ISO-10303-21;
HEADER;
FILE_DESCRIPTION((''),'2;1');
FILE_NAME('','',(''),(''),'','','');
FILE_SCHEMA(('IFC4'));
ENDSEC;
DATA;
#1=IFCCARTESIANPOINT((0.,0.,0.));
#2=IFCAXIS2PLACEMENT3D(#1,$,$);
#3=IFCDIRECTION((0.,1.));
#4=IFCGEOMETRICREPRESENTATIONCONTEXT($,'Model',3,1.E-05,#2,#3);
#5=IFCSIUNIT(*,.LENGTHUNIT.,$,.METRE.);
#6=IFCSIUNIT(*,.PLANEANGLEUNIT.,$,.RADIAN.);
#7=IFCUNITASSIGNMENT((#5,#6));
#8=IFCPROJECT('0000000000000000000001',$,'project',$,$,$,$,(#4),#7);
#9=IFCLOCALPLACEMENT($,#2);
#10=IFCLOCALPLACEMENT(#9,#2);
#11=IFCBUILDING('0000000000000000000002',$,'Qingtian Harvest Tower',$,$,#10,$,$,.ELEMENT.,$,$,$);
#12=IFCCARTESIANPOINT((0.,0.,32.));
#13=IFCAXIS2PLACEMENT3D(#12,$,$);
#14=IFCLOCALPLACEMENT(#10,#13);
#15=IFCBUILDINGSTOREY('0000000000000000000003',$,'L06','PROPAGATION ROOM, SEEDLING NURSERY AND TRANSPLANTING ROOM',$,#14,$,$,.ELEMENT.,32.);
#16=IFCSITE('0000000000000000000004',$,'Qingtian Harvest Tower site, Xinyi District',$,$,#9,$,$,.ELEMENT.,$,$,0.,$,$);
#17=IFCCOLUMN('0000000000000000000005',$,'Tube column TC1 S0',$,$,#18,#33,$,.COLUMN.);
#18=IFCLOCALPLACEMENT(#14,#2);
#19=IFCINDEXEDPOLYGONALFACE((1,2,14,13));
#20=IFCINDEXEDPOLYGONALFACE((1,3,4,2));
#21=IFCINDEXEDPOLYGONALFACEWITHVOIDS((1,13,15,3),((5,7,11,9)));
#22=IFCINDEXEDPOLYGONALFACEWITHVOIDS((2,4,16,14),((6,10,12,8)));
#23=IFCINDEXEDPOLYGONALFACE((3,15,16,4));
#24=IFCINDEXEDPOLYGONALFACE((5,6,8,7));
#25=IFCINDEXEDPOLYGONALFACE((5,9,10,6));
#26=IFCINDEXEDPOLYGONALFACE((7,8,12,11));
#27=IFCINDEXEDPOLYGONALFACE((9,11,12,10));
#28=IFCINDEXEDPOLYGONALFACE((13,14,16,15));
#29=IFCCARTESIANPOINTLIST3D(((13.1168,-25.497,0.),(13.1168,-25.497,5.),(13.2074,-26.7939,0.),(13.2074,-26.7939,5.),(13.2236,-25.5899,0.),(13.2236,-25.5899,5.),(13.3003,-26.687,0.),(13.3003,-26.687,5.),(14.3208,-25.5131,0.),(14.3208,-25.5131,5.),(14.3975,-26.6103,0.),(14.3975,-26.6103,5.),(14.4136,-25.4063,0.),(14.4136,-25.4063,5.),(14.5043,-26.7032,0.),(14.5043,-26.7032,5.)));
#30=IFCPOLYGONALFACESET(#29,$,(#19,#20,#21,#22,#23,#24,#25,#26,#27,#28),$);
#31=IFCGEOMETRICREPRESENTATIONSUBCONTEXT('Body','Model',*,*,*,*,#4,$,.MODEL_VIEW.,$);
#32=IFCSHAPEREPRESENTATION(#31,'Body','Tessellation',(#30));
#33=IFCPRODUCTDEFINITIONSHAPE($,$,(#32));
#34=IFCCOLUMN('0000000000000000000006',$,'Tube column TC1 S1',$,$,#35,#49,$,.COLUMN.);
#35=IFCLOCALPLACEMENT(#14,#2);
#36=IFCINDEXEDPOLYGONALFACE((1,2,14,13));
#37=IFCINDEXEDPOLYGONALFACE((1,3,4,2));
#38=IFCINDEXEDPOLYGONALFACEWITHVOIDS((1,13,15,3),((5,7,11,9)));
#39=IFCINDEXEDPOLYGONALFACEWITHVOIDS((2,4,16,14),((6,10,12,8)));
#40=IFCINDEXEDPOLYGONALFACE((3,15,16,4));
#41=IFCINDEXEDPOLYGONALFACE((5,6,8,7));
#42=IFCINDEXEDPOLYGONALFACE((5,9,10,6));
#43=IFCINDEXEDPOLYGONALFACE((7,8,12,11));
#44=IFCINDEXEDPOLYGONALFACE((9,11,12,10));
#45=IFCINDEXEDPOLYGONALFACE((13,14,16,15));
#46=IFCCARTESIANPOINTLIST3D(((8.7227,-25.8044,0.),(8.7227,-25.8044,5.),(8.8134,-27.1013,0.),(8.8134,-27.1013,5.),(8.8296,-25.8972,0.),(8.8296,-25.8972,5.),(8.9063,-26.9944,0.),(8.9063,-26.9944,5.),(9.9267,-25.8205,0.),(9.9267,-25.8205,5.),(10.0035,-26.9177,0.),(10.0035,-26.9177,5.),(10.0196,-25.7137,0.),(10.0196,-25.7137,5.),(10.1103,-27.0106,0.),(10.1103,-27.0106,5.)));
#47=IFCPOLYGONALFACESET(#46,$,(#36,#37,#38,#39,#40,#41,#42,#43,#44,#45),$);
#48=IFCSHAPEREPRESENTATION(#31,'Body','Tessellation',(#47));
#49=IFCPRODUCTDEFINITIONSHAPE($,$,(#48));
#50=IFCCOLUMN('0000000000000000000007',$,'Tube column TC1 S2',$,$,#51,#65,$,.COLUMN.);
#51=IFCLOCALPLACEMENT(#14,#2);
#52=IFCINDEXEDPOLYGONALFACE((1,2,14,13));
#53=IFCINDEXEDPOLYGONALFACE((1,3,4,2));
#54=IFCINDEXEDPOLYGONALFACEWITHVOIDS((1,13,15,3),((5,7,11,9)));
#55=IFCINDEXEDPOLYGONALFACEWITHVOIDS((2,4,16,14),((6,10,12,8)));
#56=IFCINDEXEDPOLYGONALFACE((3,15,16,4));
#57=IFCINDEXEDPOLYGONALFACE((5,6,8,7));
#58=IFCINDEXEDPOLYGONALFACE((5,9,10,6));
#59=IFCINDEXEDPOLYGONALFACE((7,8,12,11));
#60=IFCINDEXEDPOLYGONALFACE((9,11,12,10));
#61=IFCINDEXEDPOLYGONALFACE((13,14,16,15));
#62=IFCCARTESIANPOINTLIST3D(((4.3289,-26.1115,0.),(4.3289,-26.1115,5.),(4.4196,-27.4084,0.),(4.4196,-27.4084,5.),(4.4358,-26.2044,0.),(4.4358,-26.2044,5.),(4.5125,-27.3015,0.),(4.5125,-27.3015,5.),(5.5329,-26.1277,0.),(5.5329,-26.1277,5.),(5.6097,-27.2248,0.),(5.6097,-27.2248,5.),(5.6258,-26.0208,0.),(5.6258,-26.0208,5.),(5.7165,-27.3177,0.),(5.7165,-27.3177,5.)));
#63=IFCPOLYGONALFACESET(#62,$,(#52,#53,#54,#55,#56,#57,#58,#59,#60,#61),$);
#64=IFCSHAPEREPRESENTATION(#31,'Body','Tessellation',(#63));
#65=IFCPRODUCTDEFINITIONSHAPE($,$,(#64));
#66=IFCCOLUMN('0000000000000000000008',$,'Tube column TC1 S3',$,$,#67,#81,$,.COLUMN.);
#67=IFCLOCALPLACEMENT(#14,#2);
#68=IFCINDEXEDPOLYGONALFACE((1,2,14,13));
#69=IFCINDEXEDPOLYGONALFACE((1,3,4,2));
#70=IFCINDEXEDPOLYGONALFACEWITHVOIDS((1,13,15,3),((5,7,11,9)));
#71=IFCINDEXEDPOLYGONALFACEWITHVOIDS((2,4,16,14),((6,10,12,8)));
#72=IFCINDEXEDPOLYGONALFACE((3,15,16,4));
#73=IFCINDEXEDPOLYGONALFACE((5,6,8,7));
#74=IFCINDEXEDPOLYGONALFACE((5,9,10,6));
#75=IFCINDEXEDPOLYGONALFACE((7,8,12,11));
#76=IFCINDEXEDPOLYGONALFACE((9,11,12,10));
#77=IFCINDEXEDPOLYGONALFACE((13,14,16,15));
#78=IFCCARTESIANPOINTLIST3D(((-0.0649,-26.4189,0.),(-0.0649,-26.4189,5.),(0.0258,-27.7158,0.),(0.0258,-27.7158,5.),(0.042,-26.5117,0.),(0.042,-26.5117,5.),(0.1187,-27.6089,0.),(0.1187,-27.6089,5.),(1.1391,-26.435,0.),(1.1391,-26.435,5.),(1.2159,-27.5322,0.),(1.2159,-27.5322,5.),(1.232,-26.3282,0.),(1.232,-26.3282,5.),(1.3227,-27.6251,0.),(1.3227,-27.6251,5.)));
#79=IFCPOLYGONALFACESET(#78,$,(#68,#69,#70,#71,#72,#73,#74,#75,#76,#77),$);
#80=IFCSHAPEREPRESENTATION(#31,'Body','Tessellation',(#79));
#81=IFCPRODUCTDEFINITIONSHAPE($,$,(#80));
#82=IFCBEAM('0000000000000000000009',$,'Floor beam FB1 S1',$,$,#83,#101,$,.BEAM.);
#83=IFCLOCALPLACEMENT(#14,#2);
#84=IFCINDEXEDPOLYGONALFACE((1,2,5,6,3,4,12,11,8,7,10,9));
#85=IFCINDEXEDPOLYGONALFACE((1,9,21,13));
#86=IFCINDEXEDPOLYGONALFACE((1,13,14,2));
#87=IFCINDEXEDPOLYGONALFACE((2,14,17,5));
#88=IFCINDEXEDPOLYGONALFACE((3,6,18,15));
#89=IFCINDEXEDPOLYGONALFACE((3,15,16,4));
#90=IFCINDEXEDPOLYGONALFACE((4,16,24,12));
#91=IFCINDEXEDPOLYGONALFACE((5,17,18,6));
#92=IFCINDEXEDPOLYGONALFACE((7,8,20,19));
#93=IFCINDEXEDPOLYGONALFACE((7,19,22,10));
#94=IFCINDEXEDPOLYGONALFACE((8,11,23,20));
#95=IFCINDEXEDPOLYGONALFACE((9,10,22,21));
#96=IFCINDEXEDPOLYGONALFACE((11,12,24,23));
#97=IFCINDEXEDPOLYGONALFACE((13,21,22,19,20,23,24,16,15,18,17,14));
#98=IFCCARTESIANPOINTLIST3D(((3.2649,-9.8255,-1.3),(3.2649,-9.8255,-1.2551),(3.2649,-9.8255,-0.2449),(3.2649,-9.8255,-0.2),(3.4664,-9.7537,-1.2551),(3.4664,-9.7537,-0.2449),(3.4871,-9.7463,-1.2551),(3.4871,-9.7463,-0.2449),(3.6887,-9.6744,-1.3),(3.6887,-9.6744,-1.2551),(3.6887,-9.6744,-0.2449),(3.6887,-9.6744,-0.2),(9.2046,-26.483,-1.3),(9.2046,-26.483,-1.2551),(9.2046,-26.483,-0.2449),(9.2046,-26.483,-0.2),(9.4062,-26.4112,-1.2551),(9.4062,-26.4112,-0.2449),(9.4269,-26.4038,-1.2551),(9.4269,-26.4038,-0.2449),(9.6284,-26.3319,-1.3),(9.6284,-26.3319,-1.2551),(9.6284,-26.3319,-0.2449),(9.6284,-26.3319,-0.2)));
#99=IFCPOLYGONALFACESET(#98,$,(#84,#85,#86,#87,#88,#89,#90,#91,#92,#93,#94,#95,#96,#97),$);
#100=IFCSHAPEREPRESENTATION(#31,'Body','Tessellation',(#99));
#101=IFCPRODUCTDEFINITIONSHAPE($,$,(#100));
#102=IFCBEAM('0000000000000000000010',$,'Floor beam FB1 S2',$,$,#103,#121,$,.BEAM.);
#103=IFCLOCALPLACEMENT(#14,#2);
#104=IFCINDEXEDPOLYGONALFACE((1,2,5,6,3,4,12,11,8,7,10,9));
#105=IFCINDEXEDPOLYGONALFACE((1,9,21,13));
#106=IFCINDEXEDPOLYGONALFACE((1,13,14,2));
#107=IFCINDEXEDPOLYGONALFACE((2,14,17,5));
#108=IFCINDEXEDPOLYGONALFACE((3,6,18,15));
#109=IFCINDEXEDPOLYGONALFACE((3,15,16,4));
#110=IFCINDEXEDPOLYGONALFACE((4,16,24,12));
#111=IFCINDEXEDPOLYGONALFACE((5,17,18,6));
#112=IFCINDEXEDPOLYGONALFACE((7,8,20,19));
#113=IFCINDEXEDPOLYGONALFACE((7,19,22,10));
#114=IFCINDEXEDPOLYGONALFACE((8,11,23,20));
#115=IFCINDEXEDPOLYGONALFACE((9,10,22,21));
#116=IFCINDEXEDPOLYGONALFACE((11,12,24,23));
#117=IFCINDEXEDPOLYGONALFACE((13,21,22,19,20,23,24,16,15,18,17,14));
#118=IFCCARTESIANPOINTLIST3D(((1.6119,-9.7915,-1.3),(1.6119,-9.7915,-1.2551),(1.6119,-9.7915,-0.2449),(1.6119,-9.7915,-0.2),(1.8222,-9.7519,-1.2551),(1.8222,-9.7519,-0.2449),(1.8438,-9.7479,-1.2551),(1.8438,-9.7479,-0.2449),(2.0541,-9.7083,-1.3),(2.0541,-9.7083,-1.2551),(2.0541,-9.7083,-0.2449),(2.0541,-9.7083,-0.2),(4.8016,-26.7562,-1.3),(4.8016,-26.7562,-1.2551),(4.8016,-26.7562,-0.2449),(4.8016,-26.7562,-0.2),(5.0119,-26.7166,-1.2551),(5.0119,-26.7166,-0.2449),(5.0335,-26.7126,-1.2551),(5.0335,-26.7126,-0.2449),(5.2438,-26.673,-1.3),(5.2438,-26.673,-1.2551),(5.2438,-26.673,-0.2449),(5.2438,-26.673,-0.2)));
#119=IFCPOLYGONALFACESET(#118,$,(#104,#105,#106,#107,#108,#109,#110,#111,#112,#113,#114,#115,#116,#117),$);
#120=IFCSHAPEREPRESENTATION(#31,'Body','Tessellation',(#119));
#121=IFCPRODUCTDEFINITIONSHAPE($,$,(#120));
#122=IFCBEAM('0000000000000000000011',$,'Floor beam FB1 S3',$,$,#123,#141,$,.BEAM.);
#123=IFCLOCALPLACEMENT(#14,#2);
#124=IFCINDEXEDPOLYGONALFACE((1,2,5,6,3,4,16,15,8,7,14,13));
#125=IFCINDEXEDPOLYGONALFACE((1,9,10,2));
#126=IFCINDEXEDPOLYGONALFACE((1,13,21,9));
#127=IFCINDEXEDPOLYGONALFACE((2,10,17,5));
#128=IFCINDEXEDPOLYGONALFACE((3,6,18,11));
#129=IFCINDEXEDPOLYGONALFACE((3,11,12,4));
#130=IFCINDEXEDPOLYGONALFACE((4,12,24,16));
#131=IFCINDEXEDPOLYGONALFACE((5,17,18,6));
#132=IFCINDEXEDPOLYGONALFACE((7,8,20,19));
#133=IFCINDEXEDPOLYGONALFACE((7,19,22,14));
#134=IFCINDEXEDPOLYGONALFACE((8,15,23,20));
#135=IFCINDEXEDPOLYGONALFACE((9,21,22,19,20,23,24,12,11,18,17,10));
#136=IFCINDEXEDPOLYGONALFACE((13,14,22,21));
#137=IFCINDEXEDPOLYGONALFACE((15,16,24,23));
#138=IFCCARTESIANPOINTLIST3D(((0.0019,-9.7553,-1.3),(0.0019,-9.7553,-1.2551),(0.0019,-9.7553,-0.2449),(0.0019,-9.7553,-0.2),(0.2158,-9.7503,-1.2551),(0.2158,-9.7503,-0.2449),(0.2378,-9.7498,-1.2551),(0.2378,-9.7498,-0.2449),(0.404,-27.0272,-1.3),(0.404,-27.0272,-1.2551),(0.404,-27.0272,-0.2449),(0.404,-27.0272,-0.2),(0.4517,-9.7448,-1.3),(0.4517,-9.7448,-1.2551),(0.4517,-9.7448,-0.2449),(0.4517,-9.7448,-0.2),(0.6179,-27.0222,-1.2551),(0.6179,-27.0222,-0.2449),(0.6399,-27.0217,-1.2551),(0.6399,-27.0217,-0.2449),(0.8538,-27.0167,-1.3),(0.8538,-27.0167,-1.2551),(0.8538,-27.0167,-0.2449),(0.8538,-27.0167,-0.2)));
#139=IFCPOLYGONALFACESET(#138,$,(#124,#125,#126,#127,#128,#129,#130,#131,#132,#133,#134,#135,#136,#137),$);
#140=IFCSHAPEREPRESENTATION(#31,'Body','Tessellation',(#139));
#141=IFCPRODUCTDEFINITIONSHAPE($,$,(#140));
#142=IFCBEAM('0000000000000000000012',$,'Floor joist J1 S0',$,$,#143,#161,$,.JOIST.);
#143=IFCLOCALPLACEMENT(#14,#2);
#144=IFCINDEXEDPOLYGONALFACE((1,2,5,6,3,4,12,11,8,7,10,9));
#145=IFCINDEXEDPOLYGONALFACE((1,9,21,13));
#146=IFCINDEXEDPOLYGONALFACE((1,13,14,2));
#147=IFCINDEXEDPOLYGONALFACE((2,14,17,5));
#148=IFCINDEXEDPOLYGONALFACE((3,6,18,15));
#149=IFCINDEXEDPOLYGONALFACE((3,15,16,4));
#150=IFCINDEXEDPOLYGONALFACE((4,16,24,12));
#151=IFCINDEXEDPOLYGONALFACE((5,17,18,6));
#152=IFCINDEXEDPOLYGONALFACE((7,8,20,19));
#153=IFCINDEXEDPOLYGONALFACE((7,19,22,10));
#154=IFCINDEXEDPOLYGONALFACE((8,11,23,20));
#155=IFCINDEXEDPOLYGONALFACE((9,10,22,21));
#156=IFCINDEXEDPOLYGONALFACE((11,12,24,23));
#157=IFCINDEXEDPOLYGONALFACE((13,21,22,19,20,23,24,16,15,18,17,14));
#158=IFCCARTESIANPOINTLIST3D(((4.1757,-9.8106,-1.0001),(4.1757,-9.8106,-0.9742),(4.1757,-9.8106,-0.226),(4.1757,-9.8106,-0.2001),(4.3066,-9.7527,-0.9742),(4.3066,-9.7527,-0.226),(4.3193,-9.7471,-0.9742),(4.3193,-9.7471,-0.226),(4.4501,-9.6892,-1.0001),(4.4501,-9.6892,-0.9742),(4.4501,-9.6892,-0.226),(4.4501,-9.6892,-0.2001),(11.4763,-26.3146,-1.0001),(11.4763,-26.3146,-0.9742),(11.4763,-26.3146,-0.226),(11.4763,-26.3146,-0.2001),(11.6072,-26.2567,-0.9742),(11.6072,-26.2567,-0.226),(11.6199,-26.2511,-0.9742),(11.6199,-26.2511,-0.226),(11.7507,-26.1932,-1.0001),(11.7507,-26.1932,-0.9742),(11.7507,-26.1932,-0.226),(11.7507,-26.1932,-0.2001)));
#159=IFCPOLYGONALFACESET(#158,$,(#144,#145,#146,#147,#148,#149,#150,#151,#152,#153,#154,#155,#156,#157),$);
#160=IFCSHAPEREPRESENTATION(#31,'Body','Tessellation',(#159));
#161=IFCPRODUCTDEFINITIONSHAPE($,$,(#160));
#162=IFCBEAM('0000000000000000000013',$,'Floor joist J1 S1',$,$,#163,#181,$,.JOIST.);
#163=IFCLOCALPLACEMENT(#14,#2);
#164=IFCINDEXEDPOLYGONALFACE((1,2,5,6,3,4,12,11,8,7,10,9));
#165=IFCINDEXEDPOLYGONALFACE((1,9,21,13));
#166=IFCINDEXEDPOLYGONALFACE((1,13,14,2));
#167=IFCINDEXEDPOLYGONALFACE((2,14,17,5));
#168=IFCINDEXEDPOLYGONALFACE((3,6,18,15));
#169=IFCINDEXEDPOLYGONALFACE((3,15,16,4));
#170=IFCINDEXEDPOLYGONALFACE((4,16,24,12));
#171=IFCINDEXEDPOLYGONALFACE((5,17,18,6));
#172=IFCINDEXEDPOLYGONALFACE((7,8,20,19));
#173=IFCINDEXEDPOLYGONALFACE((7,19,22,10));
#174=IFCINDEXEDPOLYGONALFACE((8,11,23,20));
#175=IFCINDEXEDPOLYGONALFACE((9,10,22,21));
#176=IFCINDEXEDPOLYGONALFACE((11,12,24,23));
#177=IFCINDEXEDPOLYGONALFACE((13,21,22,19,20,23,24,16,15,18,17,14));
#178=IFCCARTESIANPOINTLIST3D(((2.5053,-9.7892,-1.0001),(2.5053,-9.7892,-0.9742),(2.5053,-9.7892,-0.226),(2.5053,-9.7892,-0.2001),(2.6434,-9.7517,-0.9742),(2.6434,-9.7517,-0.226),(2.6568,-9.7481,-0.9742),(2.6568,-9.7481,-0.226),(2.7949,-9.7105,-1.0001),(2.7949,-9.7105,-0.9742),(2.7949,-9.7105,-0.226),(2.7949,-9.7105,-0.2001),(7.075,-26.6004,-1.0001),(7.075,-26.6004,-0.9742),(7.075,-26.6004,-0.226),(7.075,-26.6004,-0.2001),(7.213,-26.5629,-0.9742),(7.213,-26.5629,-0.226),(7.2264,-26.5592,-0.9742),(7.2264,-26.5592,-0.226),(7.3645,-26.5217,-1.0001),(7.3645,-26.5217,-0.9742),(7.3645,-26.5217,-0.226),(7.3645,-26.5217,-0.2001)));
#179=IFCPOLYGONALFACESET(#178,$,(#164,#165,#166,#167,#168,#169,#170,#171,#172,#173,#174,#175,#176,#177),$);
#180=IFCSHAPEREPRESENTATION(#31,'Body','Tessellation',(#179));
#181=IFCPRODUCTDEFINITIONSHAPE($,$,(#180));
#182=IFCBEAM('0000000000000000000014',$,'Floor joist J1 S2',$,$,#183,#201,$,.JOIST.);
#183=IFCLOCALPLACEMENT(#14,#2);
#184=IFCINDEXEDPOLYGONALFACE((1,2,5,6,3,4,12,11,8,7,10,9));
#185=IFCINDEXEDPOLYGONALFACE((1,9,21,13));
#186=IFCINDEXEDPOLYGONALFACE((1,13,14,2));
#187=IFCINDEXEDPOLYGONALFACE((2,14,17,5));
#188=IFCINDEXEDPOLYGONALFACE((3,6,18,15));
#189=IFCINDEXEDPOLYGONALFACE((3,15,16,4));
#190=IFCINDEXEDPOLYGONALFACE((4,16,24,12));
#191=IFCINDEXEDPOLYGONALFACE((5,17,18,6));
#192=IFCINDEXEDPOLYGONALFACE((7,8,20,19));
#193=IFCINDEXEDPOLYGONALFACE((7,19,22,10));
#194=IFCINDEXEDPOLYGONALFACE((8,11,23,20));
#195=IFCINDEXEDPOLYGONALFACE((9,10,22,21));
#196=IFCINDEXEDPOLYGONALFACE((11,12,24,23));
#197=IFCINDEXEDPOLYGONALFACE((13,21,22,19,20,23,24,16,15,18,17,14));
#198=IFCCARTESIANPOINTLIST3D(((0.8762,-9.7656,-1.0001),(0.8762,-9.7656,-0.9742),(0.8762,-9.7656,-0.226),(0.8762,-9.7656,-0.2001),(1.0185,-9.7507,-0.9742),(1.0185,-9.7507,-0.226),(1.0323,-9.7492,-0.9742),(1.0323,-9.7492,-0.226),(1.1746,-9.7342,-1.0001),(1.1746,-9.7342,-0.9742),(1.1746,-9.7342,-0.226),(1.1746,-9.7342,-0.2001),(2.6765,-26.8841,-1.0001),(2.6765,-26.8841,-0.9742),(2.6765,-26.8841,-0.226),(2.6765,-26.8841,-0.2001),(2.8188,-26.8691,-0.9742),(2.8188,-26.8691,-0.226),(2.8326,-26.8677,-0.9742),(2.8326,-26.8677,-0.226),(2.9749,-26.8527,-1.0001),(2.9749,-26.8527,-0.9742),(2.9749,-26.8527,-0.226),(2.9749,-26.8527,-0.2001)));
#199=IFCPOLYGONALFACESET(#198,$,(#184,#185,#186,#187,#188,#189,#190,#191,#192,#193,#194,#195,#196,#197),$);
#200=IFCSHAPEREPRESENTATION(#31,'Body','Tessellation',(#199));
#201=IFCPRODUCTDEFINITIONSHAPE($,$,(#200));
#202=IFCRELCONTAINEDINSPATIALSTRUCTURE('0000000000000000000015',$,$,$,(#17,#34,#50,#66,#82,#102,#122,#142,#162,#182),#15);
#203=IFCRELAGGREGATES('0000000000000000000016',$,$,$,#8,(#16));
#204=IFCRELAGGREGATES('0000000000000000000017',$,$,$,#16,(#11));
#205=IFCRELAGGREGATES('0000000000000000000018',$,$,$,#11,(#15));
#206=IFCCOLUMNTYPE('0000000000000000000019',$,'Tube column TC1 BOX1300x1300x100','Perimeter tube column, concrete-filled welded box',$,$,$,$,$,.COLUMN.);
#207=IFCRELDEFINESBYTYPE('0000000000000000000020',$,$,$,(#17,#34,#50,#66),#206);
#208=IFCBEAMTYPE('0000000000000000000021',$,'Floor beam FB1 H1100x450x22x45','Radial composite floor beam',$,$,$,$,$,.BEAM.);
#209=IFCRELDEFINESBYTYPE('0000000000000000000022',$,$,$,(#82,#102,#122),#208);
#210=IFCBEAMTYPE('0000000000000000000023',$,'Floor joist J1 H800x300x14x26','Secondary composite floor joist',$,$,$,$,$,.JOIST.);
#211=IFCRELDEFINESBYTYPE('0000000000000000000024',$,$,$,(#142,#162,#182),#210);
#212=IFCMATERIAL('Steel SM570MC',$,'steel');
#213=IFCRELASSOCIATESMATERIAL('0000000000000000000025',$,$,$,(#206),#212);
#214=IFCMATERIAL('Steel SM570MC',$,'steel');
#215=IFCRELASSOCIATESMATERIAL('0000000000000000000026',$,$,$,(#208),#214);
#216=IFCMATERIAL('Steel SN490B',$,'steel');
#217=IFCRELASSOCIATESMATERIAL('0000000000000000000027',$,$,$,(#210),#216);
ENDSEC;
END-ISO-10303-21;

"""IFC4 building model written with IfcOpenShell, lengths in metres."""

from ifc_helpers import new_model, si_unit, direction, frame, origin, origin_2d, place, context, subcontext, project, spatial, hollow_rectangle, i_section, extrude, material, material_profile, profile_set, type_object, element, save


model = new_model("IFC4")

# Units and contexts
model_context = context("Model", 3, precision=1e-05, world=origin(), true_north=direction((0.0, 1.0)))
body_context = subcontext(model_context, "Body", "Model", "MODEL_VIEW")
ifc_project = project(units=[si_unit("LENGTHUNIT", "METRE"), si_unit("PLANEANGLEUNIT", "RADIAN")], contexts=[model_context])

# Site, building, storey
site_placement = place(None, origin())
site = spatial("IfcSite", under=ifc_project, at=site_placement, Name="Qingtian Harvest Tower site, Xinyi District", CompositionType="ELEMENT", RefElevation=0.0)
building_placement = place(site_placement, origin())
building = spatial("IfcBuilding", under=site, at=building_placement, Name="Qingtian Harvest Tower", CompositionType="ELEMENT")
storey_placement = place(building_placement, frame((0.0, 0.0, 32.0)))
storey = spatial("IfcBuildingStorey", under=building, at=storey_placement, Name="L06", Description="PROPAGATION ROOM, SEEDLING NURSERY AND TRANSPLANTING ROOM", CompositionType="ELEMENT", Elevation=32.0)

# Columns
ifc_material_1 = material(Name="Steel SM570MC", Category="steel")
ifc_material_profile_1 = material_profile(ifc_material_1, hollow_rectangle(XDim=1.3, YDim=1.3, WallThickness=0.1001, at=origin_2d()), Name="BOX1300x1300x100")
ifc_profile_set_1 = profile_set([ifc_material_profile_1], Name="Steel SM570MC")
column_type = type_object("IfcColumnType", Name="Tube column TC1 BOX1300x1300x100", Description="Perimeter tube column, concrete-filled welded box", PredefinedType="COLUMN", material=ifc_profile_set_1)
for number, where, z_axis, x_axis, name in (
    (1, (13.8105, -26.1001, 0.0), (0.0, 0.0, 1.0), (0.997564, 0.069756, 0.0), "Tube column TC1 S0"),
    (2, (9.4165, -26.4075, 0.0), (0.0, 0.0, 1.0), (0.997564, 0.069756, 0.0), "Tube column TC1 S1"),
    (3, (5.0227, -26.7146, 0.0), (0.0, 0.0, 1.0), (0.997564, 0.069756, 0.0), "Tube column TC1 S2"),
    (4, (0.6289, -27.022, 0.0), (0.0, 0.0, 1.0), (0.997564, 0.069756, 0.0), "Tube column TC1 S3"),
):
    element("IfcColumn", number, at=place(storey_placement, frame(where, z_axis=z_axis, x_axis=x_axis)), inside=storey, type_object=column_type, Name=name, PredefinedType="COLUMN", context=body_context, shape_type="SweptSolid", body=[
        extrude(hollow_rectangle(XDim=1.3, YDim=1.3, WallThickness=0.1001, at=origin_2d()), origin(), (0.0, 0.0, 1.0), 5.0),
    ])

# Beams
ifc_material_2 = material(Name="Steel SM570MC", Category="steel")
ifc_material_profile_2 = material_profile(ifc_material_2, i_section(OverallWidth=0.45, OverallDepth=1.1001, WebThickness=0.022, FlangeThickness=0.0449, at=origin_2d()), Name="H1100x450x22x45")
ifc_profile_set_2 = profile_set([ifc_material_profile_2], Name="Steel SM570MC")
beam_type_1 = type_object("IfcBeamType", Name="Floor beam FB1 H1100x450x22x45", Description="Radial composite floor beam", PredefinedType="BEAM", material=ifc_profile_set_2)
beam_1_placement = place(storey_placement, frame((9.4165, -26.4075, -0.75), z_axis=(-0.335865, 0.94191, 0.0), x_axis=(-0.94191, -0.335865, 0.0)))
element("IfcBeam", 5, at=beam_1_placement, inside=storey, type_object=beam_type_1, Name="Floor beam FB1 S1", PredefinedType="BEAM", context=body_context, shape_type="SweptSolid", body=[
    extrude(i_section(OverallWidth=0.45, OverallDepth=1.1001, WebThickness=0.022, FlangeThickness=0.0449, at=origin_2d()), origin(), (0.0, 0.0, 1.0), 17.6848),
])
beam_2_placement = place(storey_placement, frame((5.0227, -26.7146, -0.75), z_axis=(-0.184783, 0.982779, 0.0), x_axis=(-0.982779, -0.184783, 0.0)))
element("IfcBeam", 6, at=beam_2_placement, inside=storey, type_object=beam_type_1, Name="Floor beam FB1 S2", PredefinedType="BEAM", context=body_context, shape_type="SweptSolid", body=[
    extrude(i_section(OverallWidth=0.45, OverallDepth=1.1001, WebThickness=0.022, FlangeThickness=0.0449, at=origin_2d()), origin(), (0.0, 0.0, 1.0), 17.262),
])
beam_3_placement = place(storey_placement, frame((0.6289, -27.022, -0.75), z_axis=(-0.023274, 0.999729, 0.0), x_axis=(-0.999729, -0.023274, 0.0)))
element("IfcBeam", 7, at=beam_3_placement, inside=storey, type_object=beam_type_1, Name="Floor beam FB1 S3", PredefinedType="BEAM", context=body_context, shape_type="SweptSolid", body=[
    extrude(i_section(OverallWidth=0.45, OverallDepth=1.1001, WebThickness=0.022, FlangeThickness=0.0449, at=origin_2d()), origin(), (0.0, 0.0, 1.0), 17.2766),
])
ifc_material_3 = material(Name="Steel SN490B", Category="steel")
ifc_material_profile_3 = material_profile(ifc_material_3, i_section(OverallWidth=0.3, OverallDepth=0.8, WebThickness=0.0139, FlangeThickness=0.0259, at=origin_2d()), Name="H800x300x14x26")
ifc_profile_set_3 = profile_set([ifc_material_profile_3], Name="Steel SN490B")
beam_type_2 = type_object("IfcBeamType", Name="Floor joist J1 H800x300x14x26", Description="Secondary composite floor joist", PredefinedType="JOIST", material=ifc_profile_set_3)
beam_4_placement = place(storey_placement, frame((11.6135, -26.2539, -0.6001), z_axis=(-0.40454, 0.91452, 0.0), x_axis=(-0.91452, -0.40454, 0.0)))
element("IfcBeam", 8, at=beam_4_placement, inside=storey, type_object=beam_type_2, Name="Floor joist J1 S0", PredefinedType="JOIST", context=body_context, shape_type="SweptSolid", body=[
    extrude(i_section(OverallWidth=0.3, OverallDepth=0.8, WebThickness=0.0139, FlangeThickness=0.0259, at=origin_2d()), origin(), (0.0, 0.0, 1.0), 18.0466),
])
beam_5_placement = place(storey_placement, frame((7.2197, -26.561, -0.6001), z_axis=(-0.262303, 0.964986, 0.0), x_axis=(-0.964986, -0.262303, 0.0)))
element("IfcBeam", 9, at=beam_5_placement, inside=storey, type_object=beam_type_2, Name="Floor joist J1 S1", PredefinedType="JOIST", context=body_context, shape_type="SweptSolid", body=[
    extrude(i_section(OverallWidth=0.3, OverallDepth=0.8, WebThickness=0.0139, FlangeThickness=0.0259, at=origin_2d()), origin(), (0.0, 0.0, 1.0), 17.4211),
])
beam_6_placement = place(storey_placement, frame((2.8257, -26.8684, -0.6001), z_axis=(-0.10459, 0.994515, 0.0), x_axis=(-0.994515, -0.10459, 0.0)))
element("IfcBeam", 10, at=beam_6_placement, inside=storey, type_object=beam_type_2, Name="Floor joist J1 S2", PredefinedType="JOIST", context=body_context, shape_type="SweptSolid", body=[
    extrude(i_section(OverallWidth=0.3, OverallDepth=0.8, WebThickness=0.0139, FlangeThickness=0.0259, at=origin_2d()), origin(), (0.0, 0.0, 1.0), 17.2129),
])

save(model, "model.ifc")
